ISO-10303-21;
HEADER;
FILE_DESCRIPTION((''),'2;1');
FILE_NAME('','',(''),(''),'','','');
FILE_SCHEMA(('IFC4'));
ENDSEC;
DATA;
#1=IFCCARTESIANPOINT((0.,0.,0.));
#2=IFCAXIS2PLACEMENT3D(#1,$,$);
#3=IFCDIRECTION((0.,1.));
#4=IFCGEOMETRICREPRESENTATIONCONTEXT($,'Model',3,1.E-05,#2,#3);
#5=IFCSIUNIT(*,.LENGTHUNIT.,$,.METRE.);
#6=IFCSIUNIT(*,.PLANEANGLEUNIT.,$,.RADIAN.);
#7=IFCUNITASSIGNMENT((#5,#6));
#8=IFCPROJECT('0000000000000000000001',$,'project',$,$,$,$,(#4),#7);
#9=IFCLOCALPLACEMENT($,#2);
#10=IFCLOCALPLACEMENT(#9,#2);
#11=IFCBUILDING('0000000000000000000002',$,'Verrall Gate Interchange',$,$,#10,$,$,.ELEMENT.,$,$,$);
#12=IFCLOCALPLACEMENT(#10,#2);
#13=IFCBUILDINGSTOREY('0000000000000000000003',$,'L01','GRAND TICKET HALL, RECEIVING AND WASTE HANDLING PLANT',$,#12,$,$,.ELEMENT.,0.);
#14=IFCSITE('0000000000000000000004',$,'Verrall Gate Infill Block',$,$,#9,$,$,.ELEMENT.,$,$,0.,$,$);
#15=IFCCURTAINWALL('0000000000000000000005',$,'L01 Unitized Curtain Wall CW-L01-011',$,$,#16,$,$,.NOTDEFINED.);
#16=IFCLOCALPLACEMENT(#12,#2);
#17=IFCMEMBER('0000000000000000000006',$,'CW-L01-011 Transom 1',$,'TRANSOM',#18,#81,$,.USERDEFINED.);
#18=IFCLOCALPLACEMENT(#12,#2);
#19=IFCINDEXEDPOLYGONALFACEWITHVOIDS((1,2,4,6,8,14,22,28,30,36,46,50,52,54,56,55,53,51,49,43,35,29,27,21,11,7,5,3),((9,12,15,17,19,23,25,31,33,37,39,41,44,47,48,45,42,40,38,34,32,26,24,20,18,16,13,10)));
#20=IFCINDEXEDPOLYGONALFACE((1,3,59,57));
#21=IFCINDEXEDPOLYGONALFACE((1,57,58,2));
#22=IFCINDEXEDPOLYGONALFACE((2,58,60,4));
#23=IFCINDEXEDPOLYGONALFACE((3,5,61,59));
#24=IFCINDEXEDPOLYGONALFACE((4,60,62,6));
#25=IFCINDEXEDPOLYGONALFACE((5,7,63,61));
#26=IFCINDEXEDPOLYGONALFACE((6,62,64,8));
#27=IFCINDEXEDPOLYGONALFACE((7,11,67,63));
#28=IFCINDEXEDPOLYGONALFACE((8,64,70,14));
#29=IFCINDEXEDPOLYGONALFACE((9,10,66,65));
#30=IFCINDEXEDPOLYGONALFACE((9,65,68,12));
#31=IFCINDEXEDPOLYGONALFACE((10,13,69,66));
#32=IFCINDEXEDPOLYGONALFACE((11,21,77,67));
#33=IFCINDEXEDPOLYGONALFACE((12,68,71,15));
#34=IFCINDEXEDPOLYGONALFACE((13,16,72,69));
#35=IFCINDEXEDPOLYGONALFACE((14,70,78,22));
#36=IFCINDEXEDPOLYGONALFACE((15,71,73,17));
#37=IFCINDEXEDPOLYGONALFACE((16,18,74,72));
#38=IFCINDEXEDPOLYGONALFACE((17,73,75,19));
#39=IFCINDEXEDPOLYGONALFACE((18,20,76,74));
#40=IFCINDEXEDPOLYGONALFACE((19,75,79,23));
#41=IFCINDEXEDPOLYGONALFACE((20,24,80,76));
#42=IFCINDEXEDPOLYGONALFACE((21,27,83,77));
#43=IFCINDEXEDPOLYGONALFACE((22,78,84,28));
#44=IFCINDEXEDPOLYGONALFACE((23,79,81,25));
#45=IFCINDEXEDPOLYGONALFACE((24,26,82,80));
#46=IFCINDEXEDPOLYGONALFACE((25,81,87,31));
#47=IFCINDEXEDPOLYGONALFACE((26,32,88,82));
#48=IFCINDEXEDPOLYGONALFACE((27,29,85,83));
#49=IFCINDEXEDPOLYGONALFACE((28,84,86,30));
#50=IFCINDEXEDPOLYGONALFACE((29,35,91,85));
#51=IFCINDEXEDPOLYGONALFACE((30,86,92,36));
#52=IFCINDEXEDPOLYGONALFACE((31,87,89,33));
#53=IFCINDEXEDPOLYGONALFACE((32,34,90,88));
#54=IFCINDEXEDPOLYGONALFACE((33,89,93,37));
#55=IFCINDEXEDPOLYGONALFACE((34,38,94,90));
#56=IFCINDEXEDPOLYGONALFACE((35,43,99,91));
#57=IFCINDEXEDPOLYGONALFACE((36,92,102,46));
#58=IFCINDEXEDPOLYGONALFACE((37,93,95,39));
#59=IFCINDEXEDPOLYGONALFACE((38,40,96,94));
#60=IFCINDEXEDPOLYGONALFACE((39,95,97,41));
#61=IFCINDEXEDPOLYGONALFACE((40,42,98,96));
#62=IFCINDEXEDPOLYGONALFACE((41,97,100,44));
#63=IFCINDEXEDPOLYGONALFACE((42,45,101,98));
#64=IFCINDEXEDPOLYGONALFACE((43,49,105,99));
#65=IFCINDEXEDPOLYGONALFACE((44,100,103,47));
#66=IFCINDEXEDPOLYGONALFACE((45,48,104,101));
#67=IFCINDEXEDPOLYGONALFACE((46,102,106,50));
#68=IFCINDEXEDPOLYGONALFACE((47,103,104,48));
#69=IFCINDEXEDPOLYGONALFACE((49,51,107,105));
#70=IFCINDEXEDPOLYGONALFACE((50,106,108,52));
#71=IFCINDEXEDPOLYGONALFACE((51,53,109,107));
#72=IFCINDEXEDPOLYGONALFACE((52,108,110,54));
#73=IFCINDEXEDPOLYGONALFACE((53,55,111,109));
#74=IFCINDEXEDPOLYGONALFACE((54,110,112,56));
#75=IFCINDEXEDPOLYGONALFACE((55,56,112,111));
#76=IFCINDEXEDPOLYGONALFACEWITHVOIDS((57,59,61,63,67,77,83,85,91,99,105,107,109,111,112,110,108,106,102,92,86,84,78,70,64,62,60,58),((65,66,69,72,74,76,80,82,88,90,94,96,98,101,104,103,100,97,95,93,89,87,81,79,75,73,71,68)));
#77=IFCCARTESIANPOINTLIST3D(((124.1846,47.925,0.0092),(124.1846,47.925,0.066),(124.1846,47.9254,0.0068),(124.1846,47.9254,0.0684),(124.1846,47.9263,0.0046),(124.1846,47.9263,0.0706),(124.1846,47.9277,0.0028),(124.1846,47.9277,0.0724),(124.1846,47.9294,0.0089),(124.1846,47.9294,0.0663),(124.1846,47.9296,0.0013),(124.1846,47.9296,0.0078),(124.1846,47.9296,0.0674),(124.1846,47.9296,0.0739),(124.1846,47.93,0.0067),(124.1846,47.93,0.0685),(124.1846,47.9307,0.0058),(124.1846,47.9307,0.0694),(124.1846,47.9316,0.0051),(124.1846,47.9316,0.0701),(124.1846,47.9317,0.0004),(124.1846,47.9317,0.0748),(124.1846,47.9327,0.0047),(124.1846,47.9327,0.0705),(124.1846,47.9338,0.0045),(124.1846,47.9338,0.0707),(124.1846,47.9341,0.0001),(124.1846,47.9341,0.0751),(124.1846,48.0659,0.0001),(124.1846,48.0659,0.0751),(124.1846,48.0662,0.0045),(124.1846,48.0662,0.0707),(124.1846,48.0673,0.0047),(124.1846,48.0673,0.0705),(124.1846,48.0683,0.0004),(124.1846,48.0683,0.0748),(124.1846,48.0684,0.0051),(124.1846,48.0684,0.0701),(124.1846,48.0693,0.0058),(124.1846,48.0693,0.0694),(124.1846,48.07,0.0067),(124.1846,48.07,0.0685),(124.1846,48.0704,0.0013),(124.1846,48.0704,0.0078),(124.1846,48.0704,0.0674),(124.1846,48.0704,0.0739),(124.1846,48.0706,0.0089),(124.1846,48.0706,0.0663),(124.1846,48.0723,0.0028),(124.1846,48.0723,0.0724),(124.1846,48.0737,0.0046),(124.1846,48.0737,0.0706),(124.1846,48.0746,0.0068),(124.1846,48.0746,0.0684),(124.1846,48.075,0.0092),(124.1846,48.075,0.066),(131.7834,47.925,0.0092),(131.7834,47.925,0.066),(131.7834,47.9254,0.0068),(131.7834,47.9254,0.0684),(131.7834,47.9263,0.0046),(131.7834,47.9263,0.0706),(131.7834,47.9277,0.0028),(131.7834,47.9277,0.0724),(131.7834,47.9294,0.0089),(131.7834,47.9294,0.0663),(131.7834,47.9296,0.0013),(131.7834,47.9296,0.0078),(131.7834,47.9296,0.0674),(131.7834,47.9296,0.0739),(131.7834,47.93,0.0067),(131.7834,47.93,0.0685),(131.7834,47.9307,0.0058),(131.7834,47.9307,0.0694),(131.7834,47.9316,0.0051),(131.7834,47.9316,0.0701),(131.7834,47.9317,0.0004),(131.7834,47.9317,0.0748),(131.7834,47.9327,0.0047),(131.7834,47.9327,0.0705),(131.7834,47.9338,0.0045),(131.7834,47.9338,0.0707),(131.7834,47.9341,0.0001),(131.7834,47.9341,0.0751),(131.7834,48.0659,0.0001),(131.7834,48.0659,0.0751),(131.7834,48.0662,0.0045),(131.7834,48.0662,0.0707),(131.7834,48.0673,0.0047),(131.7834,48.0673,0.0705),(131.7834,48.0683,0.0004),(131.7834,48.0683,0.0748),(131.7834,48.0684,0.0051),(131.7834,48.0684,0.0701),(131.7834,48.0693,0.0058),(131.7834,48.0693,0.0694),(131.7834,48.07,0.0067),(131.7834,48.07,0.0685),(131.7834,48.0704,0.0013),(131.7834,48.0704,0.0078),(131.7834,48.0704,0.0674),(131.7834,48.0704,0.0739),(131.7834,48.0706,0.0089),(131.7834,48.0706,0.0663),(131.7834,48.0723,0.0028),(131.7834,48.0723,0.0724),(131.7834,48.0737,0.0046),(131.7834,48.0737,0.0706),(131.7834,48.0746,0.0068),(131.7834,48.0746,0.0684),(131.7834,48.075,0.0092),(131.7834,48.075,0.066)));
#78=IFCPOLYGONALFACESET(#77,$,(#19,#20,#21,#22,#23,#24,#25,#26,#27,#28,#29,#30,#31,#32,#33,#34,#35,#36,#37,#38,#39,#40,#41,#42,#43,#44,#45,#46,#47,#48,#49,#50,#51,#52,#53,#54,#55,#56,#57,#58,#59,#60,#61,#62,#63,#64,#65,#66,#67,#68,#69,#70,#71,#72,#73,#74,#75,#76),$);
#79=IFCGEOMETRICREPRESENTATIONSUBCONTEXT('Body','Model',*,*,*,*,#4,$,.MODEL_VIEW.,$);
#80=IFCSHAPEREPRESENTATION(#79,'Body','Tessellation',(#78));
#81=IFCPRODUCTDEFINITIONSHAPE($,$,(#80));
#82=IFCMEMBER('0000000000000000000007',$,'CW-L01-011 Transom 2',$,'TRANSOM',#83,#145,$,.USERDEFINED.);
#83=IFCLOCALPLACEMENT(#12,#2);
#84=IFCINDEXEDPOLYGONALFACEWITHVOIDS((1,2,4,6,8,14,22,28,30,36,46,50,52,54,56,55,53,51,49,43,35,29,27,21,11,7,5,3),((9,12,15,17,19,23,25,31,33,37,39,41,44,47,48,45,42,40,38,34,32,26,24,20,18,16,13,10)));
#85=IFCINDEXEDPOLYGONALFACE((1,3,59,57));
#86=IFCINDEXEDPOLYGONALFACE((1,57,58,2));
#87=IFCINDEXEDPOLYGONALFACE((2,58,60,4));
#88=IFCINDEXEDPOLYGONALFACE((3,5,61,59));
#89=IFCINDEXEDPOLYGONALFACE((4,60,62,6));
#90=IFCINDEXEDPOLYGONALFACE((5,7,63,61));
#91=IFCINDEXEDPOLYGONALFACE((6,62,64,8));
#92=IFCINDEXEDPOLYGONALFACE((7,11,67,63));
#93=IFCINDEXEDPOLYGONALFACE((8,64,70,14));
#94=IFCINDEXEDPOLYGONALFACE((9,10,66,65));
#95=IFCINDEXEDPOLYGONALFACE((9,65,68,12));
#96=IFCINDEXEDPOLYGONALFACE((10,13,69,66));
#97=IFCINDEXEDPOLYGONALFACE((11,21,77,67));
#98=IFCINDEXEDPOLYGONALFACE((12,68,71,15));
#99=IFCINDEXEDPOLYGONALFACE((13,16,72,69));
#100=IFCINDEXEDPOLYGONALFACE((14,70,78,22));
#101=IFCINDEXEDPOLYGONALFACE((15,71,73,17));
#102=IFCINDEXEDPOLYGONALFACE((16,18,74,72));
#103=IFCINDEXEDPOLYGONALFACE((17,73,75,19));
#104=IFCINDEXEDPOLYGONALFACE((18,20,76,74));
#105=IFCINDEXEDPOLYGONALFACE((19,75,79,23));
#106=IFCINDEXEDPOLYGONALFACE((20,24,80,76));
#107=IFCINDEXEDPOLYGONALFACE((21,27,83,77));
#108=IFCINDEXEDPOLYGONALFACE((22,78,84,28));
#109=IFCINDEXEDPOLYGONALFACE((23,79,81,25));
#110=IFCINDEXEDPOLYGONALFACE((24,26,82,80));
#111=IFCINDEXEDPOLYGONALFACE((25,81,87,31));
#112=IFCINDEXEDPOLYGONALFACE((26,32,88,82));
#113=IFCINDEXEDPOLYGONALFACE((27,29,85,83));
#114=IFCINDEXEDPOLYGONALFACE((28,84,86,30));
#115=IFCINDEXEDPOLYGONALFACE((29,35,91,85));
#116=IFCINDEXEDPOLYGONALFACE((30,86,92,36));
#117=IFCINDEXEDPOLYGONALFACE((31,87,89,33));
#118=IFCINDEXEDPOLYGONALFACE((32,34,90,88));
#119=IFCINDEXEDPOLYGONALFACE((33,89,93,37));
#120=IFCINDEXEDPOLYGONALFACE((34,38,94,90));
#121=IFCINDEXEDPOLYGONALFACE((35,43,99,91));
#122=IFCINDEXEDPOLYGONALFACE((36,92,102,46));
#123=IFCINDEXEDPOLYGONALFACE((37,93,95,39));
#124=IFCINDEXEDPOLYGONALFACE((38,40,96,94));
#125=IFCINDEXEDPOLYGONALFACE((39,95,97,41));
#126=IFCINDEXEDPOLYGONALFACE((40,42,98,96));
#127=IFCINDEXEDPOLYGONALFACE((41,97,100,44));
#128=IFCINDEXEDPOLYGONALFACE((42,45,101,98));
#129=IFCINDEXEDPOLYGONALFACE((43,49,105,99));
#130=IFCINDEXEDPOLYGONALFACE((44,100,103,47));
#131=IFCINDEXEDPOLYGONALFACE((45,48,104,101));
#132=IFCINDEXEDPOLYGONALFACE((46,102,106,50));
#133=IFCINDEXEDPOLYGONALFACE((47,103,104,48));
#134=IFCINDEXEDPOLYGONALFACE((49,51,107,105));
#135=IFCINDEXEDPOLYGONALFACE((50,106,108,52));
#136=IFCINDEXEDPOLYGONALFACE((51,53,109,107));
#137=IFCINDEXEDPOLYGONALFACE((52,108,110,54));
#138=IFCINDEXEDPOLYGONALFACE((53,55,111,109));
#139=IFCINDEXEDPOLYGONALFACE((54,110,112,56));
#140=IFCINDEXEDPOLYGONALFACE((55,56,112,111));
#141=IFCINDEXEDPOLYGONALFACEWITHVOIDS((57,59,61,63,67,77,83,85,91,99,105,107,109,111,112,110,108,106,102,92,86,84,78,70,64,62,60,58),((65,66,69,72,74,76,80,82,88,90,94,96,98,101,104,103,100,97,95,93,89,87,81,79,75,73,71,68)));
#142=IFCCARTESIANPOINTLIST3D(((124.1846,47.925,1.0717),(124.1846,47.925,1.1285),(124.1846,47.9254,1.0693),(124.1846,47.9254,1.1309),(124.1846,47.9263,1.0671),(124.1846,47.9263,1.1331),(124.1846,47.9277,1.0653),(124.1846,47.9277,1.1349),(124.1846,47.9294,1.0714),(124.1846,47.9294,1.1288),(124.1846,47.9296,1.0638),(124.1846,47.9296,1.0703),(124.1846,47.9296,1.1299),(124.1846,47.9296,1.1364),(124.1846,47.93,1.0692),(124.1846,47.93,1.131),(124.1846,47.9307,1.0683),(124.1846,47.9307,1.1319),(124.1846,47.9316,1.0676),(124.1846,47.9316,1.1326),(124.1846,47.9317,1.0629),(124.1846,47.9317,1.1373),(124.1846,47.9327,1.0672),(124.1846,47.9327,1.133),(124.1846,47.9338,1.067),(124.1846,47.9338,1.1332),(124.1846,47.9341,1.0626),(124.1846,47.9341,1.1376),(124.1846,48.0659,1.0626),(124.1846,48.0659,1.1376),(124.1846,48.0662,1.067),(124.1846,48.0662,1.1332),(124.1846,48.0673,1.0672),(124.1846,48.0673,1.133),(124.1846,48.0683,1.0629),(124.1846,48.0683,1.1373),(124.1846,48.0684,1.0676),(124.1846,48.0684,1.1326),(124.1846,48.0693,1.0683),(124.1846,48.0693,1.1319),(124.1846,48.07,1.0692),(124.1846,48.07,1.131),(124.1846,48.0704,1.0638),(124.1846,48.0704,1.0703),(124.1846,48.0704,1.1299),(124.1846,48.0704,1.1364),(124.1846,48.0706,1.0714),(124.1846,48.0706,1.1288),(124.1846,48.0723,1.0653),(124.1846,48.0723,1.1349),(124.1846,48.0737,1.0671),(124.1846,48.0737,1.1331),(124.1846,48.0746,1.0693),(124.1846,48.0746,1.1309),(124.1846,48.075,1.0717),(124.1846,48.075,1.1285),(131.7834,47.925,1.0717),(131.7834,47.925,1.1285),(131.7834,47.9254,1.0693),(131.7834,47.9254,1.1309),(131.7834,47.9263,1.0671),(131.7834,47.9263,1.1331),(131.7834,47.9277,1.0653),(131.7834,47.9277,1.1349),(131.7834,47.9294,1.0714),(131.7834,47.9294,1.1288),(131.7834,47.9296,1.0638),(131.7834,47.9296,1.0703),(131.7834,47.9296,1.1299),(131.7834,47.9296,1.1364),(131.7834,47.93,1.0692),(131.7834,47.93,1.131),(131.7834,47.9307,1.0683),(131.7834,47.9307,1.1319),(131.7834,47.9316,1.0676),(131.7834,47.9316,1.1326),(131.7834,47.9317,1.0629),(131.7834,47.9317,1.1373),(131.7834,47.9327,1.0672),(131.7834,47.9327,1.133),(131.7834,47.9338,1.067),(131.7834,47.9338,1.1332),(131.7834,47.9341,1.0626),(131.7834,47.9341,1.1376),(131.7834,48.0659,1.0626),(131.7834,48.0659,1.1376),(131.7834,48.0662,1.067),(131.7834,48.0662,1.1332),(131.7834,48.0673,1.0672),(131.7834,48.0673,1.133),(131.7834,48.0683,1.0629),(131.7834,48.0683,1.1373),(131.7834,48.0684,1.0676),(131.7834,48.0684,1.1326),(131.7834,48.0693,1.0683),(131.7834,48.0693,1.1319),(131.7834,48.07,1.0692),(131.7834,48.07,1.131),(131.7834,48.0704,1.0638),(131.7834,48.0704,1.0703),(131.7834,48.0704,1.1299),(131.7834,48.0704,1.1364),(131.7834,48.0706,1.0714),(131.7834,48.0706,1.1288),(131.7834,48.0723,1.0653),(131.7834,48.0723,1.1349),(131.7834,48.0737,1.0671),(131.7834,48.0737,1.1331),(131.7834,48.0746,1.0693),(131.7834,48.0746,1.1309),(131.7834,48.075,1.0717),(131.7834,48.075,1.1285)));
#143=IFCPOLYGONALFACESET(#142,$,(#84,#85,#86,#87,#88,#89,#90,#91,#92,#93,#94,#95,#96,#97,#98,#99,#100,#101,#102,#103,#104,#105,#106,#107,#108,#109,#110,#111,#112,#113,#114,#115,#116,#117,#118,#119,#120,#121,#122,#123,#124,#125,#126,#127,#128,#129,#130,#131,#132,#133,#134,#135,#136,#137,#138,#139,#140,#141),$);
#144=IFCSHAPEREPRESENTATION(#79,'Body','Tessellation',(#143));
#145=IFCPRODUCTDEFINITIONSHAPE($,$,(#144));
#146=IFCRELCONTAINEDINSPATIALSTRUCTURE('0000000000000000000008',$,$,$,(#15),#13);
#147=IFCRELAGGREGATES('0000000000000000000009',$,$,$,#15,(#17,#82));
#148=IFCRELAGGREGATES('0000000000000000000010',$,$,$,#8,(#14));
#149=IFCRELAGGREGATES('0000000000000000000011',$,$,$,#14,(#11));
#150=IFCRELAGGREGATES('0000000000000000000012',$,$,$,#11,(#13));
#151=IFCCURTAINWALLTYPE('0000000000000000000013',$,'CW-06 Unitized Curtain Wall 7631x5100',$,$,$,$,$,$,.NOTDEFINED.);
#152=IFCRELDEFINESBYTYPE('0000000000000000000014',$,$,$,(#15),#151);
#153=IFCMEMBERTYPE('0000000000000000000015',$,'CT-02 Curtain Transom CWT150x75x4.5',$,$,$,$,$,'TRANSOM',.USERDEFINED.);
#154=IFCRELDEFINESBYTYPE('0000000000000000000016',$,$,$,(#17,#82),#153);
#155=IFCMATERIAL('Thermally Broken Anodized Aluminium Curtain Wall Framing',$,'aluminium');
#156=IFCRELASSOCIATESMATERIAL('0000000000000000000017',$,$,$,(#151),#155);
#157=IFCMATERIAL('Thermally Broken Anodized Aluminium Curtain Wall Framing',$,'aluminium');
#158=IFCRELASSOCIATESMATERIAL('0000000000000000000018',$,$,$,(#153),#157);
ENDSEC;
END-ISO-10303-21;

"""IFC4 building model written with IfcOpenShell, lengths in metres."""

from ifc_helpers import new_model, si_unit, direction, frame, origin, origin_2d, place, context, subcontext, project, spatial, hollow_rectangle, extrude, material, material_profile, profile_set, type_object, element, aggregate, save


model = new_model("IFC4")

# Units and contexts
model_context = context("Model", 3, precision=1e-05, world=origin(), true_north=direction((0.0, 1.0)))
body_context = subcontext(model_context, "Body", "Model", "MODEL_VIEW")
ifc_project = project(units=[si_unit("LENGTHUNIT", "METRE"), si_unit("PLANEANGLEUNIT", "RADIAN")], contexts=[model_context])

# Site, building, storey
site_placement = place(None, origin())
site = spatial("IfcSite", under=ifc_project, at=site_placement, Name="Verrall Gate Infill Block", CompositionType="ELEMENT", RefElevation=0.0)
building_placement = place(site_placement, origin())
building = spatial("IfcBuilding", under=site, at=building_placement, Name="Verrall Gate Interchange", CompositionType="ELEMENT")
storey_placement = place(building_placement, origin())
storey = spatial("IfcBuildingStorey", under=building, at=storey_placement, Name="L01", Description="GRAND TICKET HALL, RECEIVING AND WASTE HANDLING PLANT", CompositionType="ELEMENT", Elevation=0.0)

# Shared definitions
ifc_material_1 = material(Name="Thermally Broken Anodized Aluminium Curtain Wall Framing", Category="aluminium")
curtain_wall_type = type_object("IfcCurtainWallType", Name="CW-06 Unitized Curtain Wall 7631x5100", PredefinedType="NOTDEFINED", material=ifc_material_1)

# Curtain wall, members
curtain_wall_1_placement = place(storey_placement, origin())
curtain_wall_1 = element("IfcCurtainWall", 1, at=curtain_wall_1_placement, inside=storey, type_object=curtain_wall_type, Name="L01 Unitized Curtain Wall CW-L01-011", PredefinedType="NOTDEFINED")
ifc_material_2 = material(Name="Thermally Broken Anodized Aluminium Curtain Wall Framing", Category="aluminium")
ifc_material_profile_1 = material_profile(ifc_material_2, hollow_rectangle(XDim=0.1499, YDim=0.075, WallThickness=0.0044, InnerFilletRadius=0.0044, OuterFilletRadius=0.009, at=origin_2d()), Name="CWT150x75x4.5")
ifc_profile_set_1 = profile_set([ifc_material_profile_1], Name="Thermally Broken Anodized Aluminium Curtain Wall Framing")
member_type_1 = type_object("IfcMemberType", Name="CT-02 Curtain Transom CWT150x75x4.5", ElementType="TRANSOM", PredefinedType="USERDEFINED", material=ifc_profile_set_1)
member_1_placement = place(storey_placement, frame((124.1846, 48.0, 0.0376), z_axis=(1.0, 0.0, 0.0), x_axis=(0.0, 1.0, 0.0)))
member_1 = element("IfcMember", 2, at=member_1_placement, type_object=member_type_1, Name="CW-L01-011 Transom 1", ObjectType="TRANSOM", PredefinedType="USERDEFINED", context=body_context, shape_type="SweptSolid", body=[
    extrude(hollow_rectangle(XDim=0.1499, YDim=0.075, WallThickness=0.0044, InnerFilletRadius=0.0044, OuterFilletRadius=0.009, at=origin_2d()), origin(), (0.0, 0.0, 1.0), 7.5989),
])
member_2_placement = place(storey_placement, frame((124.1846, 48.0, 1.1001), z_axis=(1.0, 0.0, 0.0), x_axis=(0.0, 1.0, 0.0)))
member_2 = element("IfcMember", 3, at=member_2_placement, type_object=member_type_1, Name="CW-L01-011 Transom 2", ObjectType="TRANSOM", PredefinedType="USERDEFINED", context=body_context, shape_type="SweptSolid", body=[
    extrude(hollow_rectangle(XDim=0.1499, YDim=0.075, WallThickness=0.0044, InnerFilletRadius=0.0044, OuterFilletRadius=0.009, at=origin_2d()), origin(), (0.0, 0.0, 1.0), 7.5989),
])

aggregate(curtain_wall_1, [member_1, member_2])

save(model, "model.ifc")
